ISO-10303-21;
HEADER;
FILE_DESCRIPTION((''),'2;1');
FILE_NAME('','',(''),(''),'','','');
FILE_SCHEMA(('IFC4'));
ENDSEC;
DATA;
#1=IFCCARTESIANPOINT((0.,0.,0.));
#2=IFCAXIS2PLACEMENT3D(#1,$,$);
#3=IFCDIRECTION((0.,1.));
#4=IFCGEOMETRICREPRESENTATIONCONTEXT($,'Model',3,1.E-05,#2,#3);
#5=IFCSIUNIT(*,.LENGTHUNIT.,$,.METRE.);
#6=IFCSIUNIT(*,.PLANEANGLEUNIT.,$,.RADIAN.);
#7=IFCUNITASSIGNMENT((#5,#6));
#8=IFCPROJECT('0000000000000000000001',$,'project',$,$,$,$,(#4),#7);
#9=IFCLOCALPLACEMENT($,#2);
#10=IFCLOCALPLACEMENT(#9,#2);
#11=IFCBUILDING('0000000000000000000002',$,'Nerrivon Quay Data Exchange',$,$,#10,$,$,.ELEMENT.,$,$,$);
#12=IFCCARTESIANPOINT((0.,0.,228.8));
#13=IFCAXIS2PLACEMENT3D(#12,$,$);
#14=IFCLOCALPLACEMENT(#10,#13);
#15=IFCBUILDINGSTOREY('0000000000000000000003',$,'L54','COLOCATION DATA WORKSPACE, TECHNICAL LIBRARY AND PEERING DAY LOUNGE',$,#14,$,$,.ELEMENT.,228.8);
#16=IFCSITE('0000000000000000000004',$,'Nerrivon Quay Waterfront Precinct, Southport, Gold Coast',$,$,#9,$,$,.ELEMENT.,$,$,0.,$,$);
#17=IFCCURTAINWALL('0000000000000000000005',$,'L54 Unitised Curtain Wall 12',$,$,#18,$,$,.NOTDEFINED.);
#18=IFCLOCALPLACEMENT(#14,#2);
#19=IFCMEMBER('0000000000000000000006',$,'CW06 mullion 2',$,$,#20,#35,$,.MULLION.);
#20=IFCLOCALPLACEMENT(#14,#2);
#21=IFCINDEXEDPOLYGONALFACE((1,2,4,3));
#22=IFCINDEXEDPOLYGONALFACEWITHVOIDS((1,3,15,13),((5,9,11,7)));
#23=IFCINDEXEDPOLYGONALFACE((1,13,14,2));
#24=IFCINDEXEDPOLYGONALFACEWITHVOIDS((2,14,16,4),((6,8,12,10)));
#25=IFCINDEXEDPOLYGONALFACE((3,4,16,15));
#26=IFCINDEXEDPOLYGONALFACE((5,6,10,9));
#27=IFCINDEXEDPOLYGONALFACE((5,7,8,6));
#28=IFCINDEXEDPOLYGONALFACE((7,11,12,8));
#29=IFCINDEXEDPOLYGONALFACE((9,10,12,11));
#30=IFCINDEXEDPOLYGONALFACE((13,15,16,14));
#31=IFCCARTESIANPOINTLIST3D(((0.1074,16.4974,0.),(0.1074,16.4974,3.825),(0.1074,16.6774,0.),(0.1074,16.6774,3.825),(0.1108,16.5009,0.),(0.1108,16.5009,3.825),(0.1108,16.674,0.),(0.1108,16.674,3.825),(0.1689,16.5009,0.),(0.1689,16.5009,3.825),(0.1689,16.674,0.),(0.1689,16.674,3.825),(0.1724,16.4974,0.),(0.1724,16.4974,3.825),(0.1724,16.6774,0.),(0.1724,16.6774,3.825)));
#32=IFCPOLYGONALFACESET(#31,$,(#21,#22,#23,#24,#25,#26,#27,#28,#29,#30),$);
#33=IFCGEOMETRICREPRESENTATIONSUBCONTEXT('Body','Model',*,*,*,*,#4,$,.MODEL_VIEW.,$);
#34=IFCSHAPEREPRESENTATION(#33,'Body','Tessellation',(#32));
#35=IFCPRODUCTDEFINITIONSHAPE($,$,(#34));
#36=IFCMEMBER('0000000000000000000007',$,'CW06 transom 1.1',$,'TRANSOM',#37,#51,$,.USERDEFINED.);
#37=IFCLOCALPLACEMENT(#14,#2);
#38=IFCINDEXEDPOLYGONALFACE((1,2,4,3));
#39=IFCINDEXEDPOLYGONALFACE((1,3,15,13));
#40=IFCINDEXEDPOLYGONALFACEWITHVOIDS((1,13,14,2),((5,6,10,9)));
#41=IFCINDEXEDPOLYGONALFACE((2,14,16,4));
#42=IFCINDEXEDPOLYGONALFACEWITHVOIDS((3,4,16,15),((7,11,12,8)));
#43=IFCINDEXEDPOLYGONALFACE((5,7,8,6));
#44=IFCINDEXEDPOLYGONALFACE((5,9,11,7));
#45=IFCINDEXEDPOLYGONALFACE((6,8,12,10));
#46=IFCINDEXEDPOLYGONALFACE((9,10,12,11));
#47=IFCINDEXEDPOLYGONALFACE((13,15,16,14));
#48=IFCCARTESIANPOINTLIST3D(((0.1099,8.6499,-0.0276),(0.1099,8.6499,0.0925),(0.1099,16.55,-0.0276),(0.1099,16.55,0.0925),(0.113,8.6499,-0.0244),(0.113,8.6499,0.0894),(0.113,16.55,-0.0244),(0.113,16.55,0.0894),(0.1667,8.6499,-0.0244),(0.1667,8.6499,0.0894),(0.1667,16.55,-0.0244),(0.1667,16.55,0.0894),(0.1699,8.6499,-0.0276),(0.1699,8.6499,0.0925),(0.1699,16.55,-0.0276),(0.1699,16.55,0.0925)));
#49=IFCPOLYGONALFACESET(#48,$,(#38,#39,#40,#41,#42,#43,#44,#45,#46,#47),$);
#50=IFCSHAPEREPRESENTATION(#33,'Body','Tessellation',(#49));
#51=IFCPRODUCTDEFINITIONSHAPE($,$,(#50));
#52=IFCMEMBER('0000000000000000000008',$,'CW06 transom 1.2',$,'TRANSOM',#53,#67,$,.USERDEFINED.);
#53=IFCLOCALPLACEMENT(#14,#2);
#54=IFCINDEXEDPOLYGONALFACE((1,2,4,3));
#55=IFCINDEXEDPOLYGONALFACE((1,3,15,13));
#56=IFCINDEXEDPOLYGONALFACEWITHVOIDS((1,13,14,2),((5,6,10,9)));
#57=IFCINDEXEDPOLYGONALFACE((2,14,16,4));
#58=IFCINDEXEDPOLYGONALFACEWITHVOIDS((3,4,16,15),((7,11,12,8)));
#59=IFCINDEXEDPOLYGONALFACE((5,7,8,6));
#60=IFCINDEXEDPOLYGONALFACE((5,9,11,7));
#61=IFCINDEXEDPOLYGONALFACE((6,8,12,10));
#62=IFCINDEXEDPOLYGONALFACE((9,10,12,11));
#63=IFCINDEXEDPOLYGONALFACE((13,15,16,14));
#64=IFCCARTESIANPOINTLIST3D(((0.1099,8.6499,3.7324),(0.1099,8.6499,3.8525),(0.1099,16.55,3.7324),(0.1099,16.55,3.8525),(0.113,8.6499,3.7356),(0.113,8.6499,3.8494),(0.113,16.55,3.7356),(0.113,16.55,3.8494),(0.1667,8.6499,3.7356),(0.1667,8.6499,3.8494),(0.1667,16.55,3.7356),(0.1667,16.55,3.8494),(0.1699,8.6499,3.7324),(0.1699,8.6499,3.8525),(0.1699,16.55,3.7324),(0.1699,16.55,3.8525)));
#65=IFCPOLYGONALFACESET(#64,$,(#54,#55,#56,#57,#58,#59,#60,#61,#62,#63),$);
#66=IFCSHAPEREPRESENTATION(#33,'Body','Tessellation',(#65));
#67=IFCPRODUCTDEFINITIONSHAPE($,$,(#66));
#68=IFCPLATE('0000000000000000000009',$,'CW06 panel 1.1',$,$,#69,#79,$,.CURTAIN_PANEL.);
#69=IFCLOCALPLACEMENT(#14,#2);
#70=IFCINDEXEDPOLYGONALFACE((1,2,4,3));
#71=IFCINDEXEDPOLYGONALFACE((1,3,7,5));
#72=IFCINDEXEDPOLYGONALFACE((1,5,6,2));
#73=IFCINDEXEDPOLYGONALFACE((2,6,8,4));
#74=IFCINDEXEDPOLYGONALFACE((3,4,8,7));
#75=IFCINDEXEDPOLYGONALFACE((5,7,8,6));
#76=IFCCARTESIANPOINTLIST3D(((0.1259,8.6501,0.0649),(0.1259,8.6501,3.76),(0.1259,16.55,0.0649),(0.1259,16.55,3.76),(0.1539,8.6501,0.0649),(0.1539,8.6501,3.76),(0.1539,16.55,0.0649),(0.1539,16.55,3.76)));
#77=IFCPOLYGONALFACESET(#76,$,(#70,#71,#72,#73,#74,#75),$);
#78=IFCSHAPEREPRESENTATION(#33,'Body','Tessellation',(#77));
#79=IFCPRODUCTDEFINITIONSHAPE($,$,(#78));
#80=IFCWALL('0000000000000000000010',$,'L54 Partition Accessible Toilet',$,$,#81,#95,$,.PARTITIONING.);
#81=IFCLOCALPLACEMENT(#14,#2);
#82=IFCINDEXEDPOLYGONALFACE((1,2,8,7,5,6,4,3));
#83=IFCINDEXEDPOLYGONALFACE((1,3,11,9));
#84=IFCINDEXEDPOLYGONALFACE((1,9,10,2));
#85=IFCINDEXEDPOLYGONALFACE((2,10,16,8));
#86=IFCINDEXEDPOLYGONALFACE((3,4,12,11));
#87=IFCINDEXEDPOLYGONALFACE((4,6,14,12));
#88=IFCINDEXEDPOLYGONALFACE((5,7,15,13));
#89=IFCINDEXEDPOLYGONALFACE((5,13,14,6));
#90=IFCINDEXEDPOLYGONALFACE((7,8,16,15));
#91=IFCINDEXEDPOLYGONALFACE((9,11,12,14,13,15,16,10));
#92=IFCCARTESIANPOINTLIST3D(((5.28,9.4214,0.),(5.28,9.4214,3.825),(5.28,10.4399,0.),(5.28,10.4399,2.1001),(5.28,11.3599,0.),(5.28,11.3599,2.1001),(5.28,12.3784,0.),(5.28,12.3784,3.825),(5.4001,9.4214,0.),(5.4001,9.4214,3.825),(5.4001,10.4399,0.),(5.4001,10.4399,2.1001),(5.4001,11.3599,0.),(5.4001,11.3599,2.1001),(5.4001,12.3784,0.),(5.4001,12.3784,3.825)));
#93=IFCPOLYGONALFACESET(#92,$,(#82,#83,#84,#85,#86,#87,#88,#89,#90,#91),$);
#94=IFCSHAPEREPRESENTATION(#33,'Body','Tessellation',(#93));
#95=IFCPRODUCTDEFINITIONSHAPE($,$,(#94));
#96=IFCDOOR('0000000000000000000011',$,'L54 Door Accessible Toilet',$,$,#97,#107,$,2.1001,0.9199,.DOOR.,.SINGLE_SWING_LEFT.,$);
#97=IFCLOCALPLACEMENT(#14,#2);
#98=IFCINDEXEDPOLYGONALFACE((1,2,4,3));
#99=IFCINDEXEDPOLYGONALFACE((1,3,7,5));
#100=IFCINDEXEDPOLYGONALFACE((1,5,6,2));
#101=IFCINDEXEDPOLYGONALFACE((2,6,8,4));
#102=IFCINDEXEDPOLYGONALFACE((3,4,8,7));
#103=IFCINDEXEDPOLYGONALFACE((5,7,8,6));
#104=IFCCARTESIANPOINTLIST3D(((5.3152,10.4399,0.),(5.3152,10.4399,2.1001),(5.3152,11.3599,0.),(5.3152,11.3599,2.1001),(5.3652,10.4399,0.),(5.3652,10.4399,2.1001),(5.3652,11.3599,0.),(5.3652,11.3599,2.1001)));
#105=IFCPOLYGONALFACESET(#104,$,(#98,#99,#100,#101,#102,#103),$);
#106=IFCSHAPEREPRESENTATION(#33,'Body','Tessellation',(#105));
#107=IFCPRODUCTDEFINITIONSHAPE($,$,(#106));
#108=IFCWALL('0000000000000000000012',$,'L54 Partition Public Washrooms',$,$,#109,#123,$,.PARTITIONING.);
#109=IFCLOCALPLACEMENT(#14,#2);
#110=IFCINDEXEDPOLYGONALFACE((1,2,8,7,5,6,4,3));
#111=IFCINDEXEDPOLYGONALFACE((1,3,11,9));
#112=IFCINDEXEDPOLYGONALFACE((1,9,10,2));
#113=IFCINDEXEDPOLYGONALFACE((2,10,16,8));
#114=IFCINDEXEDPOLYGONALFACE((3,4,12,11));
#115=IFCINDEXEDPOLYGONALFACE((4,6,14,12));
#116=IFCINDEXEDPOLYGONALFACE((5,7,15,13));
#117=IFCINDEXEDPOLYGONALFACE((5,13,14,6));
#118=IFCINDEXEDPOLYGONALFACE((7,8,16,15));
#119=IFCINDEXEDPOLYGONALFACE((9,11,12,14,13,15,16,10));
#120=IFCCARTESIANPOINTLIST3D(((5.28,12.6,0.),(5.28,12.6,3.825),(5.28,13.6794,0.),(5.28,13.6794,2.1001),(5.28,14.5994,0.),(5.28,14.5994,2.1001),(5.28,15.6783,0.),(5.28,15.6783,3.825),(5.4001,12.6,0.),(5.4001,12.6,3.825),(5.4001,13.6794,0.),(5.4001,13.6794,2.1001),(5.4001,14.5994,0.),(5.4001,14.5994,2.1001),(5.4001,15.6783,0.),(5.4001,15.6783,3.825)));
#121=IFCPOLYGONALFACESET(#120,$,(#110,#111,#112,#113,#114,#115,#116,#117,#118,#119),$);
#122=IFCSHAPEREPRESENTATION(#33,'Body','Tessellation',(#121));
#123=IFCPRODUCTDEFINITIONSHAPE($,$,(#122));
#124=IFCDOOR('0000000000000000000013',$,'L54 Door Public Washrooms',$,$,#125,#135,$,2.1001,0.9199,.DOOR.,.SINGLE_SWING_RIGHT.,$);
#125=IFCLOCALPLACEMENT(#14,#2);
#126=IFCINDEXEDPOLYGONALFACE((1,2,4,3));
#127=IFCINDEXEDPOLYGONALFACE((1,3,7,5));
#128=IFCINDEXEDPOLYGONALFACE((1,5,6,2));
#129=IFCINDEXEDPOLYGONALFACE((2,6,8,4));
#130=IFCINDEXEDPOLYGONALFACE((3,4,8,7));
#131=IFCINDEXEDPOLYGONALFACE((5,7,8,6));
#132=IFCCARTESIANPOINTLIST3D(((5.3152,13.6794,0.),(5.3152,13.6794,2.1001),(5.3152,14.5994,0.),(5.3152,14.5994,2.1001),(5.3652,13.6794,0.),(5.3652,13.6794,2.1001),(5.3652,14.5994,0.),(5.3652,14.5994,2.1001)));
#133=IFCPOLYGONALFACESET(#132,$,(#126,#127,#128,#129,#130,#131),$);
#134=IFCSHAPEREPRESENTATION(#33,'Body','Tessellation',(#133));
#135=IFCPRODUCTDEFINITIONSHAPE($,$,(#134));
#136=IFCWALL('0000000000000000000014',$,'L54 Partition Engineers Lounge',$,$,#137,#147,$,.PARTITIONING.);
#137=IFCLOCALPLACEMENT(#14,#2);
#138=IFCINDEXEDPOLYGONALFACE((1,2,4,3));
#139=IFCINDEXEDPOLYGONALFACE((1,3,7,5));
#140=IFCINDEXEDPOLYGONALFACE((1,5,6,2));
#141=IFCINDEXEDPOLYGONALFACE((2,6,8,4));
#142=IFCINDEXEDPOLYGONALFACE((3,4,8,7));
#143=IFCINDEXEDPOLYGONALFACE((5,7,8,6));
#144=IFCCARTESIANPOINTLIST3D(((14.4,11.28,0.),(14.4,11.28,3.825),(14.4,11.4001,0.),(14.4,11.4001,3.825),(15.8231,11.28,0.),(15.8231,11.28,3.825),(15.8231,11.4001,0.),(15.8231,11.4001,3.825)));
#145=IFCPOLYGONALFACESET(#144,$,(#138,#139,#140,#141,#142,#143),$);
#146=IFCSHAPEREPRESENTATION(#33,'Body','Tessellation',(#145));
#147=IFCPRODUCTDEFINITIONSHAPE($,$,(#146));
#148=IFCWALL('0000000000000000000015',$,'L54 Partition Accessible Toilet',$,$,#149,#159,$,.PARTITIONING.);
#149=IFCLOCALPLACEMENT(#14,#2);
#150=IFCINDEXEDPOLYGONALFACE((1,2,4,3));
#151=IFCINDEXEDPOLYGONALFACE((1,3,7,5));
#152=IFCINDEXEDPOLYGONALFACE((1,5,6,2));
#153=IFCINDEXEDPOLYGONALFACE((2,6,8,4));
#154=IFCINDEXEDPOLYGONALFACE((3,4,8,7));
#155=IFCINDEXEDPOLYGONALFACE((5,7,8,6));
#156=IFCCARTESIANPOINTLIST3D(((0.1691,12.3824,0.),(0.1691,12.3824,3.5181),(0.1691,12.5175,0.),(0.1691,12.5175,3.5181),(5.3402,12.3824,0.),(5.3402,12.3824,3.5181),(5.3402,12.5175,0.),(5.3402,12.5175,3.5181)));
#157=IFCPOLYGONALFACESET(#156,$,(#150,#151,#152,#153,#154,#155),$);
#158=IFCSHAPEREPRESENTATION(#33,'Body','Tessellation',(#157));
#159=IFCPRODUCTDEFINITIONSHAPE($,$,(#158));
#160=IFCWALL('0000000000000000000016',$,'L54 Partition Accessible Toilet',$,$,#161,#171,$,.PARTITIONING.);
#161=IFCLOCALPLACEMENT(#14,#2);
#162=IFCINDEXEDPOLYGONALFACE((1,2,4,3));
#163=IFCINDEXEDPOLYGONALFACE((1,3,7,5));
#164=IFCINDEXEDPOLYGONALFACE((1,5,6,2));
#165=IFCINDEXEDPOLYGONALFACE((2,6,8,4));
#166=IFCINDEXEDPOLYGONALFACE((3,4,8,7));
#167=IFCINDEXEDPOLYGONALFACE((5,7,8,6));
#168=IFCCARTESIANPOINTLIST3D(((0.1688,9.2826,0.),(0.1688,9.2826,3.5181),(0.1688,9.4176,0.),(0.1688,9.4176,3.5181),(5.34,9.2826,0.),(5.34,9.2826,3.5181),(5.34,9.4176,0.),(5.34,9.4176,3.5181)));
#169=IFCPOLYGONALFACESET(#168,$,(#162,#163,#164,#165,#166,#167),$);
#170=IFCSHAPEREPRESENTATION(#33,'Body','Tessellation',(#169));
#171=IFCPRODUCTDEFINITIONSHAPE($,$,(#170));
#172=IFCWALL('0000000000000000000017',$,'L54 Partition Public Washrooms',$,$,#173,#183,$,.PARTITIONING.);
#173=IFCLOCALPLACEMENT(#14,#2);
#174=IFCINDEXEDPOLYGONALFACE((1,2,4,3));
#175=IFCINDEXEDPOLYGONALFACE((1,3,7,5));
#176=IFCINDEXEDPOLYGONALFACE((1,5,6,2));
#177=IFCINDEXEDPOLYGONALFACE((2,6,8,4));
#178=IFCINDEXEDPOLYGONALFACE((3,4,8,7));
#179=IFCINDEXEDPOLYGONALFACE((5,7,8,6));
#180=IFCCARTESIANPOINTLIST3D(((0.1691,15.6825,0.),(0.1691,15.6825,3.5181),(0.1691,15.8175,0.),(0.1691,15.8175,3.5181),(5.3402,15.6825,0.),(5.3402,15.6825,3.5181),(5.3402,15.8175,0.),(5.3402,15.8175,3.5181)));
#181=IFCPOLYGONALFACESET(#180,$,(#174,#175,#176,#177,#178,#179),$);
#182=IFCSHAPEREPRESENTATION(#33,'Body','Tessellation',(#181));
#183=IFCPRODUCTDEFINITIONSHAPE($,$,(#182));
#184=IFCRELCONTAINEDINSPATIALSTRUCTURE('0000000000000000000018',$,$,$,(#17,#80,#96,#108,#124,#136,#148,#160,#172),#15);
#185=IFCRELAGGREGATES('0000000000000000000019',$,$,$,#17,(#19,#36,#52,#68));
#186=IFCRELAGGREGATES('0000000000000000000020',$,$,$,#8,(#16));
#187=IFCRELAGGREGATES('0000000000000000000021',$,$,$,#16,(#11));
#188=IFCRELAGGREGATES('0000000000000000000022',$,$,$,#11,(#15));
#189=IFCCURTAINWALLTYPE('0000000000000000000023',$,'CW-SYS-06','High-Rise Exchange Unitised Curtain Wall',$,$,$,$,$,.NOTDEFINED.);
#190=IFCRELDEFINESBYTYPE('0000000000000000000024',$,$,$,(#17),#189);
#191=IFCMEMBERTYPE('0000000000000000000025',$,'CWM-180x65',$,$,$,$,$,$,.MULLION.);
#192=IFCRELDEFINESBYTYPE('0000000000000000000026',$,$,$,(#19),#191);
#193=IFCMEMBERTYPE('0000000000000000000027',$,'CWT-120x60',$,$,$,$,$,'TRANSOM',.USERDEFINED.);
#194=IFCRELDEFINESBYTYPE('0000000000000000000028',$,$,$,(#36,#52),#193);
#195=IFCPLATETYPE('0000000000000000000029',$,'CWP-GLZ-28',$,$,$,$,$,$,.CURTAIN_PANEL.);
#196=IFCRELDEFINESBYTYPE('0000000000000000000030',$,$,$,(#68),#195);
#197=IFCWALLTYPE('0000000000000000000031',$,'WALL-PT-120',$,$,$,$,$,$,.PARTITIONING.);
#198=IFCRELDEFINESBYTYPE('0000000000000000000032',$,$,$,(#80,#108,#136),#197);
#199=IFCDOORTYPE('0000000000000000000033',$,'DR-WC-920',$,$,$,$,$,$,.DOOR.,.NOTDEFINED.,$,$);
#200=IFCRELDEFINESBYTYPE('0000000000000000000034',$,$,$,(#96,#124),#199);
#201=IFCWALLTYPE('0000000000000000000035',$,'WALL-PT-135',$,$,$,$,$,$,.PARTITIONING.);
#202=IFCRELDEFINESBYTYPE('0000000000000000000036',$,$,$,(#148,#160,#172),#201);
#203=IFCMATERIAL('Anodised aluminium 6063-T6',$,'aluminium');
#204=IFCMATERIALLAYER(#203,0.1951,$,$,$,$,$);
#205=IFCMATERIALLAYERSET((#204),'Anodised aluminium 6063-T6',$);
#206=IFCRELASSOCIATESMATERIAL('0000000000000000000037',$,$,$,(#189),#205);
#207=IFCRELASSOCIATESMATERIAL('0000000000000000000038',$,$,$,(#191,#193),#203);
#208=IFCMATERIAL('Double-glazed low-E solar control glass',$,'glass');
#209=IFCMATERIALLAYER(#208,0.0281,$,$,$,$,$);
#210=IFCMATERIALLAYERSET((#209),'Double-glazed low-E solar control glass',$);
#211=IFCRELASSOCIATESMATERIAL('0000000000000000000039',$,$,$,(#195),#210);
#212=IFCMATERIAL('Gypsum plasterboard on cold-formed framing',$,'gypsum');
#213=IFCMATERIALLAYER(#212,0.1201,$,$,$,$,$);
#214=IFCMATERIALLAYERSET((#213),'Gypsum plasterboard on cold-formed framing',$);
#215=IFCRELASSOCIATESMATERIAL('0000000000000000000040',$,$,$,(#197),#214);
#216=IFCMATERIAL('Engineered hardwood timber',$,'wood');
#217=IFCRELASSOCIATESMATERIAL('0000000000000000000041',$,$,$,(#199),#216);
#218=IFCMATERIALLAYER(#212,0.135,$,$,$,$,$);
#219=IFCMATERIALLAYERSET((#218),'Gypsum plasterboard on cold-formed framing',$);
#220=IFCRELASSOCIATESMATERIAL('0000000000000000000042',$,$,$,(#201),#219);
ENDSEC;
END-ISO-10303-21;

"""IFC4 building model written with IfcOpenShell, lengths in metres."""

from ifc_helpers import new_model, si_unit, direction, frame, frame_2d, origin, origin_2d, place, context, subcontext, project, spatial, rectangle, hollow_rectangle, extrude, material, layer, layer_set, material_profile, profile_set, type_object, element, fill, aggregate, save


model = new_model("IFC4")

# Units and contexts
model_context = context("Model", 3, precision=1e-05, world=origin(), true_north=direction((0.0, 1.0)))
body_context = subcontext(model_context, "Body", "Model", "MODEL_VIEW")
ifc_project = project(units=[si_unit("LENGTHUNIT", "METRE"), si_unit("PLANEANGLEUNIT", "RADIAN")], contexts=[model_context])

# Site, building, storey
site_placement = place(None, origin())
site = spatial("IfcSite", under=ifc_project, at=site_placement, Name="Nerrivon Quay Waterfront Precinct, Southport, Gold Coast", CompositionType="ELEMENT", RefElevation=0.0)
building_placement = place(site_placement, origin())
building = spatial("IfcBuilding", under=site, at=building_placement, Name="Nerrivon Quay Data Exchange", CompositionType="ELEMENT")
storey_placement = place(building_placement, frame((0.0, 0.0, 228.8)))
storey = spatial("IfcBuildingStorey", under=building, at=storey_placement, Name="L54", Description="COLOCATION DATA WORKSPACE, TECHNICAL LIBRARY AND PEERING DAY LOUNGE", CompositionType="ELEMENT", Elevation=228.8)

# Curtain wall, members, plate
ifc_material_1 = material(Name="Anodised aluminium 6063-T6", Category="aluminium")
ifc_layer_1 = layer(ifc_material_1, 0.1951)
ifc_layer_set_1 = layer_set([ifc_layer_1], Name="Anodised aluminium 6063-T6")
curtain_wall_type = type_object("IfcCurtainWallType", Name="CW-SYS-06", Description="High-Rise Exchange Unitised Curtain Wall", PredefinedType="NOTDEFINED", material=ifc_layer_set_1)
curtain_wall_placement = place(storey_placement, origin())
curtain_wall = element("IfcCurtainWall", 1, at=curtain_wall_placement, inside=storey, type_object=curtain_wall_type, Name="L54 Unitised Curtain Wall 12", PredefinedType="NOTDEFINED")
ifc_material_profile_1 = material_profile(ifc_material_1, hollow_rectangle(XDim=0.0649, YDim=0.1799, WallThickness=0.0034, at=origin_2d()), Name="ALU-MULL-180x65")
ifc_profile_set_1 = profile_set([ifc_material_profile_1], Name="Anodised aluminium 6063-T6")
member_type_1 = type_object("IfcMemberType", Name="CWM-180x65", PredefinedType="MULLION", material=ifc_profile_set_1)
member_1_placement = place(storey_placement, frame((0.1399, 16.5874, 0.0), z_axis=(0.0, 0.0, 1.0), x_axis=(-1.0, 0.0, 0.0)))
member_1 = element("IfcMember", 2, at=member_1_placement, type_object=member_type_1, Name="CW06 mullion 2", PredefinedType="MULLION", context=body_context, shape_type="SweptSolid", body=[
    extrude(hollow_rectangle(XDim=0.0649, YDim=0.1799, WallThickness=0.0034, at=origin_2d()), origin(), (0.0, 0.0, 1.0), 3.825),
])
ifc_material_profile_2 = material_profile(ifc_material_1, hollow_rectangle(XDim=0.0601, YDim=0.1201, WallThickness=0.0032, at=origin_2d()), Name="ALU-TRAN-120x60")
ifc_profile_set_2 = profile_set([ifc_material_profile_2], Name="Anodised aluminium 6063-T6")
member_type_2 = type_object("IfcMemberType", Name="CWT-120x60", ElementType="TRANSOM", PredefinedType="USERDEFINED", material=ifc_profile_set_2)
member_2_placement = place(storey_placement, frame((0.1399, 8.6499, 0.0325), z_axis=(0.0, 1.0, 0.0), x_axis=(-1.0, 0.0, 0.0)))
member_2 = element("IfcMember", 3, at=member_2_placement, type_object=member_type_2, Name="CW06 transom 1.1", ObjectType="TRANSOM", PredefinedType="USERDEFINED", context=body_context, shape_type="SweptSolid", body=[
    extrude(hollow_rectangle(XDim=0.0601, YDim=0.1201, WallThickness=0.0032, at=origin_2d()), origin(), (0.0, 0.0, 1.0), 7.9001),
])
member_3_placement = place(storey_placement, frame((0.1399, 8.6499, 3.7925), z_axis=(0.0, 1.0, 0.0), x_axis=(-1.0, 0.0, 0.0)))
member_3 = element("IfcMember", 4, at=member_3_placement, type_object=member_type_2, Name="CW06 transom 1.2", ObjectType="TRANSOM", PredefinedType="USERDEFINED", context=body_context, shape_type="SweptSolid", body=[
    extrude(hollow_rectangle(XDim=0.0601, YDim=0.1201, WallThickness=0.0032, at=origin_2d()), origin(), (0.0, 0.0, 1.0), 7.9001),
])
ifc_material_2 = material(Name="Double-glazed low-E solar control glass", Category="glass")
ifc_layer_2 = layer(ifc_material_2, 0.0281)
ifc_layer_set_2 = layer_set([ifc_layer_2], Name="Double-glazed low-E solar control glass")
plate_type = type_object("IfcPlateType", Name="CWP-GLZ-28", PredefinedType="CURTAIN_PANEL", material=ifc_layer_set_2)
plate_placement = place(storey_placement, frame((0.1399, 12.6001, 0.0649), z_axis=(0.0, 0.0, 1.0), x_axis=(0.0, 1.0, 0.0)))
plate = element("IfcPlate", 5, at=plate_placement, type_object=plate_type, Name="CW06 panel 1.1", PredefinedType="CURTAIN_PANEL", context=body_context, shape_type="SweptSolid", body=[
    extrude(rectangle(XDim=7.8999, YDim=0.0281, at=origin_2d()), origin(), (0.0, 0.0, 1.0), 3.6951),
])
aggregate(curtain_wall, [member_1, member_2, member_3, plate])

# Walls, openings, doors
ifc_material_3 = material(Name="Gypsum plasterboard on cold-formed framing", Category="gypsum")
ifc_layer_3 = layer(ifc_material_3, 0.1201)
ifc_layer_set_3 = layer_set([ifc_layer_3], Name="Gypsum plasterboard on cold-formed framing")
wall_type_1 = type_object("IfcWallType", Name="WALL-PT-120", PredefinedType="PARTITIONING", material=ifc_layer_set_3)
wall_1_placement = place(storey_placement, frame((5.3401, 9.4214, 0.0), z_axis=(0.0, 0.0, 1.0), x_axis=(0.0, 1.0, 0.0)))
wall_1 = element("IfcWall", 6, at=wall_1_placement, inside=storey, type_object=wall_type_1, Name="L54 Partition Accessible Toilet", PredefinedType="PARTITIONING", context=body_context, shape_type="SweptSolid", body=[
    extrude(rectangle(XDim=2.957, YDim=0.1201, at=frame_2d((1.4785, 0.0))), origin(), (0.0, 0.0, 1.0), 3.825),
])
opening_1_placement = place(wall_1_placement, frame((1.0186, 0.0, 0.0)))
opening_1 = element("IfcOpeningElement", 7, at=opening_1_placement, cuts=wall_1, PredefinedType="OPENING", context=body_context, shape_type="SweptSolid", body=[
    extrude(rectangle(XDim=0.9199, YDim=2.1001, at=frame_2d((0.46, 1.05))), frame((0.0, 0.0701, 0.0), z_axis=(0.0, -1.0, 0.0), x_axis=(1.0, 0.0, 0.0)), (0.0, 0.0, 1.0), 0.1401),
])
ifc_material_4 = material(Name="Engineered hardwood timber", Category="wood")
door_type_1 = type_object("IfcDoorType", Name="DR-WC-920", OperationType="NOTDEFINED", PredefinedType="DOOR", material=ifc_material_4)
door_1_placement = place(opening_1_placement, origin())
door_1 = element("IfcDoor", 8, at=door_1_placement, inside=storey, type_object=door_type_1, Name="L54 Door Accessible Toilet", OperationType="SINGLE_SWING_LEFT", OverallHeight=2.1001, OverallWidth=0.9199, PredefinedType="DOOR", context=body_context, shape_type="SweptSolid", body=[
    extrude(rectangle(XDim=0.9199, YDim=2.1001, at=frame_2d((0.46, 1.05))), frame((0.0, 0.0249, 0.0), z_axis=(0.0, -1.0, 0.0), x_axis=(1.0, 0.0, 0.0)), (0.0, 0.0, 1.0), 0.05),
])
fill(opening_1, door_1)
wall_2_placement = place(storey_placement, frame((5.3401, 12.6001, 0.0), z_axis=(0.0, 0.0, 1.0), x_axis=(0.0, 1.0, 0.0)))
wall_2 = element("IfcWall", 9, at=wall_2_placement, inside=storey, type_object=wall_type_1, Name="L54 Partition Public Washrooms", PredefinedType="PARTITIONING", context=body_context, shape_type="SweptSolid", body=[
    extrude(rectangle(XDim=3.0784, YDim=0.1201, at=frame_2d((1.5391, 0.0))), origin(), (0.0, 0.0, 1.0), 3.825),
])
opening_2_placement = place(wall_2_placement, frame((1.0793, 0.0, 0.0)))
opening_2 = element("IfcOpeningElement", 10, at=opening_2_placement, cuts=wall_2, PredefinedType="OPENING", context=body_context, shape_type="SweptSolid", body=[
    extrude(rectangle(XDim=0.9199, YDim=2.1001, at=frame_2d((0.46, 1.05))), frame((0.0, 0.0701, 0.0), z_axis=(0.0, -1.0, 0.0), x_axis=(1.0, 0.0, 0.0)), (0.0, 0.0, 1.0), 0.1401),
])
door_2_placement = place(opening_2_placement, origin())
door_2 = element("IfcDoor", 11, at=door_2_placement, inside=storey, type_object=door_type_1, Name="L54 Door Public Washrooms", OperationType="SINGLE_SWING_RIGHT", OverallHeight=2.1001, OverallWidth=0.9199, PredefinedType="DOOR", context=body_context, shape_type="SweptSolid", body=[
    extrude(rectangle(XDim=0.9199, YDim=2.1001, at=frame_2d((0.46, 1.05))), frame((0.0, 0.0249, 0.0), z_axis=(0.0, -1.0, 0.0), x_axis=(1.0, 0.0, 0.0)), (0.0, 0.0, 1.0), 0.05),
])
fill(opening_2, door_2)

# Walls
wall_3_placement = place(storey_placement, frame((15.823, 11.3401, 0.0), z_axis=(0.0, 0.0, 1.0), x_axis=(-1.0, 0.0, 0.0)))
element("IfcWall", 12, at=wall_3_placement, inside=storey, type_object=wall_type_1, Name="L54 Partition Engineers Lounge", PredefinedType="PARTITIONING", context=body_context, shape_type="SweptSolid", body=[
    extrude(rectangle(XDim=1.4231, YDim=0.1201, at=frame_2d((0.7114, 0.0))), origin(), (0.0, 0.0, 1.0), 3.825),
])
ifc_layer_4 = layer(ifc_material_3, 0.135)
ifc_layer_set_4 = layer_set([ifc_layer_4], Name="Gypsum plasterboard on cold-formed framing")
wall_type_2 = type_object("IfcWallType", Name="WALL-PT-135", PredefinedType="PARTITIONING", material=ifc_layer_set_4)
for number, where, z_axis, x_axis, name in (
    (13, (5.3401, 12.45, 0.0), (0.0, 0.0, 1.0), (-1.0, 0.0, 0.0), "L54 Partition Accessible Toilet"),
    (14, (0.1689, 9.3501, 0.0), (0.0, 0.0, 1.0), (1.0, 0.0, 0.0), "L54 Partition Accessible Toilet"),
    (15, (5.3401, 15.75, 0.0), (0.0, 0.0, 1.0), (-1.0, 0.0, 0.0), "L54 Partition Public Washrooms"),
):
    element("IfcWall", number, at=place(storey_placement, frame(where, z_axis=z_axis, x_axis=x_axis)), inside=storey, type_object=wall_type_2, Name=name, PredefinedType="PARTITIONING", context=body_context, shape_type="SweptSolid", body=[
        extrude(rectangle(XDim=5.1711, YDim=0.135, at=frame_2d((2.5854, 0.0))), origin(), (0.0, 0.0, 1.0), 3.5181),
    ])

save(model, "model.ifc")
